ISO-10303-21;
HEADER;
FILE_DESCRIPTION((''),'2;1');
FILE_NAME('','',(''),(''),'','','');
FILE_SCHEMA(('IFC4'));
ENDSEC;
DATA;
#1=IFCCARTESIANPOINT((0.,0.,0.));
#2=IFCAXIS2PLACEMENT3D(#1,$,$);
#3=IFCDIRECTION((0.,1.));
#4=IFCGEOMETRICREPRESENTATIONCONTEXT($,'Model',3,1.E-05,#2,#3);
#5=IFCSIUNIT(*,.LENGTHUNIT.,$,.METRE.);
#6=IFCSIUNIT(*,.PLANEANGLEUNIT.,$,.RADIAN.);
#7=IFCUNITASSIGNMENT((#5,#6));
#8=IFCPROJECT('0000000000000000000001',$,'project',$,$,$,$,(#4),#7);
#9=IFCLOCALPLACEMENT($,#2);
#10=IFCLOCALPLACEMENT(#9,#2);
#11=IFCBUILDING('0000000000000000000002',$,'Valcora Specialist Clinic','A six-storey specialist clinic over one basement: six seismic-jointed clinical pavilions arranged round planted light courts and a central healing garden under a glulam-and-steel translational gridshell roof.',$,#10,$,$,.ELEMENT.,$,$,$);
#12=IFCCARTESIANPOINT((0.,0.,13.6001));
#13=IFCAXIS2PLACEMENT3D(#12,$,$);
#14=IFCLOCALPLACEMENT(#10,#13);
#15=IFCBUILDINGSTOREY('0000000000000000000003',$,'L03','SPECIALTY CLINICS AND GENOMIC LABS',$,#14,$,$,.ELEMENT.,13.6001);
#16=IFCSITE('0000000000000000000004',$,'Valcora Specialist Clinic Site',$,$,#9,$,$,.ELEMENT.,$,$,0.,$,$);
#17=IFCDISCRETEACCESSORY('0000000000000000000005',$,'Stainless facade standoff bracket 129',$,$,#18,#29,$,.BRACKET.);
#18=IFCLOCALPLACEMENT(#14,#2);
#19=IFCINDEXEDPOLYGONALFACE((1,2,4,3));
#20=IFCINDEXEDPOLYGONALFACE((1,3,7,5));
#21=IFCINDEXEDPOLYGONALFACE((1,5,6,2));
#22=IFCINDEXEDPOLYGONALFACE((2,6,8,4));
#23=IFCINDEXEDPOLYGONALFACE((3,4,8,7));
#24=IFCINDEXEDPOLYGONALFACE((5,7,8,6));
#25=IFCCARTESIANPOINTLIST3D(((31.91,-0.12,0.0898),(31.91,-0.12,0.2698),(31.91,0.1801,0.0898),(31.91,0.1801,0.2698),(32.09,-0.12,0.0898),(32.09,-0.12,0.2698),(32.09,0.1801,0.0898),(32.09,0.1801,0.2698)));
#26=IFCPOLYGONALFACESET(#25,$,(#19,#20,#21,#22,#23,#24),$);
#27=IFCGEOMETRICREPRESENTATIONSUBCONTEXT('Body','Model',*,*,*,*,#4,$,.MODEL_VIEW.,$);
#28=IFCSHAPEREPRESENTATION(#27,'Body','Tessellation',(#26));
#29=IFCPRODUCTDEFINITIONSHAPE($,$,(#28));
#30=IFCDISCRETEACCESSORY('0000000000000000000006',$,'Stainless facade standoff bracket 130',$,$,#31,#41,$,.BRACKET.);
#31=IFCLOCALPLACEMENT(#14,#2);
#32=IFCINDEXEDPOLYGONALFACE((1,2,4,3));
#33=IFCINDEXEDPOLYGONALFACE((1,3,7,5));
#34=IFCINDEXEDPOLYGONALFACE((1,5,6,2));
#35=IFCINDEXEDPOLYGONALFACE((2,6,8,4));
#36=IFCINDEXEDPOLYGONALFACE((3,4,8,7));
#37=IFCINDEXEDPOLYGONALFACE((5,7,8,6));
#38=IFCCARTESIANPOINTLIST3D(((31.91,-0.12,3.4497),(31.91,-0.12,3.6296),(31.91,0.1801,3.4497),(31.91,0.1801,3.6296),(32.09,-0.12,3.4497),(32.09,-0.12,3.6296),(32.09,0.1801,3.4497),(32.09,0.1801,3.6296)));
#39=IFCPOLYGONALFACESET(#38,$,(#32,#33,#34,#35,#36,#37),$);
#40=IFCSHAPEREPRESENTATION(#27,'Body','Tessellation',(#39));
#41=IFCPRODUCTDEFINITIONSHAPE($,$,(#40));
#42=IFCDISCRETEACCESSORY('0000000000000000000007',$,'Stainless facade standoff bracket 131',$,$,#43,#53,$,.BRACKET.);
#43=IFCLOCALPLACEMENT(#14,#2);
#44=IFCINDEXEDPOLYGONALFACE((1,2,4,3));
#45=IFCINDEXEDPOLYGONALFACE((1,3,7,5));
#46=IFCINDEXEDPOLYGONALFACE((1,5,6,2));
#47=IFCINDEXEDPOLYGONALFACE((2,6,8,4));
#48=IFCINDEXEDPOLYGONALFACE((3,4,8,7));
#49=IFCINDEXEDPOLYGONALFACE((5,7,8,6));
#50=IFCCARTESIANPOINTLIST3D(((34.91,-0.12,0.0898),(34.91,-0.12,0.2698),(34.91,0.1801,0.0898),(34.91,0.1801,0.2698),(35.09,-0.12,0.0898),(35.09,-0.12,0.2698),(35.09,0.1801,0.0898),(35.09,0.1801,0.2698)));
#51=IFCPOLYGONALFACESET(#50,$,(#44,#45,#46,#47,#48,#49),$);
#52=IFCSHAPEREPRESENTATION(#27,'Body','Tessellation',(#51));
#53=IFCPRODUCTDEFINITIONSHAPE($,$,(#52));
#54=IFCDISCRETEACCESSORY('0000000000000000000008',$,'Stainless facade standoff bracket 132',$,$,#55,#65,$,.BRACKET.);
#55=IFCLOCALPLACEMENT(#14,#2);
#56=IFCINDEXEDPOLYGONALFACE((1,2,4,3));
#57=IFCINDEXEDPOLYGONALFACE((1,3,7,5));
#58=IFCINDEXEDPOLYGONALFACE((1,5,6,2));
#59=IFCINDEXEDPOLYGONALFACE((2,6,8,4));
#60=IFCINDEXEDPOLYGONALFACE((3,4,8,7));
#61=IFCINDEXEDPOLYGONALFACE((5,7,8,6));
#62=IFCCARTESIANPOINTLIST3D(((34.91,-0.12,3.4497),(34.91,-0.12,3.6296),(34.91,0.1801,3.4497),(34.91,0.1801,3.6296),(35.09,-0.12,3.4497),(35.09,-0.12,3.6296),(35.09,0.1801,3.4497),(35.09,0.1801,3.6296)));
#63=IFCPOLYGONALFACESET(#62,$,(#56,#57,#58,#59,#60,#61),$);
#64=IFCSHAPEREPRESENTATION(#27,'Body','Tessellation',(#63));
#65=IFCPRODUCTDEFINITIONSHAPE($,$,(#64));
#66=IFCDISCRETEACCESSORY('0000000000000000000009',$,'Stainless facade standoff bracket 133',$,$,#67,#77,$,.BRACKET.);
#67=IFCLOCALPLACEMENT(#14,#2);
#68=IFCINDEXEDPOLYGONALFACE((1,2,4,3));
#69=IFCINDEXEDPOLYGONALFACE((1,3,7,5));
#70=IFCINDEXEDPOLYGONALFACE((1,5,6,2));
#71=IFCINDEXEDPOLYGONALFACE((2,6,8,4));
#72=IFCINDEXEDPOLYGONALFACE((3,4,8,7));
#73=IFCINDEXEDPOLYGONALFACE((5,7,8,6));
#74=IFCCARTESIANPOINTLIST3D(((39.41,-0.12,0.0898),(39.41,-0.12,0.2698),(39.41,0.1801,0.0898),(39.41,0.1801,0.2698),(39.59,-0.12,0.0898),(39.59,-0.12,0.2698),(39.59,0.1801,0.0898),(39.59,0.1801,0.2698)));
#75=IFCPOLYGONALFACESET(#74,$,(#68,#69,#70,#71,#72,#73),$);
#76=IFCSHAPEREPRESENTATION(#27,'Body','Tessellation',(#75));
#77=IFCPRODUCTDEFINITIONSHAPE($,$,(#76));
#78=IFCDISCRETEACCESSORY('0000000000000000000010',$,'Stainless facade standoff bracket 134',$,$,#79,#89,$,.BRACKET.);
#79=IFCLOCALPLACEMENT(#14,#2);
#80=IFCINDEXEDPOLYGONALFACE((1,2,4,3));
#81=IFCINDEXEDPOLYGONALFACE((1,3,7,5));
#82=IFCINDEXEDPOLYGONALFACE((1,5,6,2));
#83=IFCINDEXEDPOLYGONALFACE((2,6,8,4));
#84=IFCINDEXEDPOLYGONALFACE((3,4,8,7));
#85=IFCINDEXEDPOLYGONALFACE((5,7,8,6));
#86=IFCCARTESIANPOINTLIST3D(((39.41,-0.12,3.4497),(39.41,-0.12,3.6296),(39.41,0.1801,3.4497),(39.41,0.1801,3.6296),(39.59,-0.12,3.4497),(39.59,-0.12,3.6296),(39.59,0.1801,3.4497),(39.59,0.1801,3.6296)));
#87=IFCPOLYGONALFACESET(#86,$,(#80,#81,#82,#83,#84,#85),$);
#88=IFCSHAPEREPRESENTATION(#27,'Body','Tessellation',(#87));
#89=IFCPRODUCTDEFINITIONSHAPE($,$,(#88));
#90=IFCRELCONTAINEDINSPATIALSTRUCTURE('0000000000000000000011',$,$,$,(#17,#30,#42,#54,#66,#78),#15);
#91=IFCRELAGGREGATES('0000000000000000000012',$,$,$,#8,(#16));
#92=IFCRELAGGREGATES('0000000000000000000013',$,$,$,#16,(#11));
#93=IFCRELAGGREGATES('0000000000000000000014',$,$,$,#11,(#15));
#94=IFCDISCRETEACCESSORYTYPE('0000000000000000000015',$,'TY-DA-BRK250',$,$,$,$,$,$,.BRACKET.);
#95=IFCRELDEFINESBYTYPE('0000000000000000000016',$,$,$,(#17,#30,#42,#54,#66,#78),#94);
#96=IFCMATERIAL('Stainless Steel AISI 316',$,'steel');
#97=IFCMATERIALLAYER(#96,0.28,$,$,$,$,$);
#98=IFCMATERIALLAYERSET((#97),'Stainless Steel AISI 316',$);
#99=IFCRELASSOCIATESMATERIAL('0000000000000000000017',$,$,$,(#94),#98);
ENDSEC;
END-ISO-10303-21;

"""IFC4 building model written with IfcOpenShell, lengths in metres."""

from ifc_helpers import new_model, si_unit, direction, frame, origin, origin_2d, place, context, subcontext, project, spatial, rectangle, extrude, material, layer, layer_set, type_object, element, save


model = new_model("IFC4")

# Units and contexts
model_context = context("Model", 3, precision=1e-05, world=origin(), true_north=direction((0.0, 1.0)))
body_context = subcontext(model_context, "Body", "Model", "MODEL_VIEW")
ifc_project = project(units=[si_unit("LENGTHUNIT", "METRE"), si_unit("PLANEANGLEUNIT", "RADIAN")], contexts=[model_context])

# Site, building, storey
site_placement = place(None, origin())
site = spatial("IfcSite", under=ifc_project, at=site_placement, Name="Valcora Specialist Clinic Site", CompositionType="ELEMENT", RefElevation=0.0)
building_placement = place(site_placement, origin())
building = spatial("IfcBuilding", under=site, at=building_placement, Name="Valcora Specialist Clinic", Description="A six-storey specialist clinic over one basement: six seismic-jointed clinical pavilions arranged round planted light courts and a central healing garden under a glulam-and-steel translational gridshell roof.", CompositionType="ELEMENT")
storey_placement = place(building_placement, frame((0.0, 0.0, 13.6001)))
storey = spatial("IfcBuildingStorey", under=building, at=storey_placement, Name="L03", Description="SPECIALTY CLINICS AND GENOMIC LABS", CompositionType="ELEMENT", Elevation=13.6001)

# Discrete accessories
ifc_material_1 = material(Name="Stainless Steel AISI 316", Category="steel")
ifc_layer_1 = layer(ifc_material_1, 0.28)
ifc_layer_set_1 = layer_set([ifc_layer_1], Name="Stainless Steel AISI 316")
discrete_accessory_type = type_object("IfcDiscreteAccessoryType", Name="TY-DA-BRK250", PredefinedType="BRACKET", material=ifc_layer_set_1)
for number, where, z_axis, x_axis, name in (
    (1, (32.0, 0.03, 0.0898), (0.0, 0.0, 1.0), (1.0, 0.0, 0.0), "Stainless facade standoff bracket 129"),
    (2, (32.0, 0.03, 3.4497), (0.0, 0.0, 1.0), (1.0, 0.0, 0.0), "Stainless facade standoff bracket 130"),
    (3, (35.0, 0.03, 0.0898), (0.0, 0.0, 1.0), (1.0, 0.0, 0.0), "Stainless facade standoff bracket 131"),
    (4, (35.0, 0.03, 3.4497), (0.0, 0.0, 1.0), (1.0, 0.0, 0.0), "Stainless facade standoff bracket 132"),
    (5, (39.5, 0.03, 0.0898), (0.0, 0.0, 1.0), (1.0, 0.0, 0.0), "Stainless facade standoff bracket 133"),
    (6, (39.5, 0.03, 3.4497), (0.0, 0.0, 1.0), (1.0, 0.0, 0.0), "Stainless facade standoff bracket 134"),
):
    element("IfcDiscreteAccessory", number, at=place(storey_placement, frame(where, z_axis=z_axis, x_axis=x_axis)), inside=storey, type_object=discrete_accessory_type, Name=name, PredefinedType="BRACKET", context=body_context, shape_type="SweptSolid", body=[
        extrude(rectangle(XDim=0.1799, YDim=0.3, at=origin_2d()), origin(), (0.0, 0.0, 1.0), 0.1799),
    ])

save(model, "model.ifc")
